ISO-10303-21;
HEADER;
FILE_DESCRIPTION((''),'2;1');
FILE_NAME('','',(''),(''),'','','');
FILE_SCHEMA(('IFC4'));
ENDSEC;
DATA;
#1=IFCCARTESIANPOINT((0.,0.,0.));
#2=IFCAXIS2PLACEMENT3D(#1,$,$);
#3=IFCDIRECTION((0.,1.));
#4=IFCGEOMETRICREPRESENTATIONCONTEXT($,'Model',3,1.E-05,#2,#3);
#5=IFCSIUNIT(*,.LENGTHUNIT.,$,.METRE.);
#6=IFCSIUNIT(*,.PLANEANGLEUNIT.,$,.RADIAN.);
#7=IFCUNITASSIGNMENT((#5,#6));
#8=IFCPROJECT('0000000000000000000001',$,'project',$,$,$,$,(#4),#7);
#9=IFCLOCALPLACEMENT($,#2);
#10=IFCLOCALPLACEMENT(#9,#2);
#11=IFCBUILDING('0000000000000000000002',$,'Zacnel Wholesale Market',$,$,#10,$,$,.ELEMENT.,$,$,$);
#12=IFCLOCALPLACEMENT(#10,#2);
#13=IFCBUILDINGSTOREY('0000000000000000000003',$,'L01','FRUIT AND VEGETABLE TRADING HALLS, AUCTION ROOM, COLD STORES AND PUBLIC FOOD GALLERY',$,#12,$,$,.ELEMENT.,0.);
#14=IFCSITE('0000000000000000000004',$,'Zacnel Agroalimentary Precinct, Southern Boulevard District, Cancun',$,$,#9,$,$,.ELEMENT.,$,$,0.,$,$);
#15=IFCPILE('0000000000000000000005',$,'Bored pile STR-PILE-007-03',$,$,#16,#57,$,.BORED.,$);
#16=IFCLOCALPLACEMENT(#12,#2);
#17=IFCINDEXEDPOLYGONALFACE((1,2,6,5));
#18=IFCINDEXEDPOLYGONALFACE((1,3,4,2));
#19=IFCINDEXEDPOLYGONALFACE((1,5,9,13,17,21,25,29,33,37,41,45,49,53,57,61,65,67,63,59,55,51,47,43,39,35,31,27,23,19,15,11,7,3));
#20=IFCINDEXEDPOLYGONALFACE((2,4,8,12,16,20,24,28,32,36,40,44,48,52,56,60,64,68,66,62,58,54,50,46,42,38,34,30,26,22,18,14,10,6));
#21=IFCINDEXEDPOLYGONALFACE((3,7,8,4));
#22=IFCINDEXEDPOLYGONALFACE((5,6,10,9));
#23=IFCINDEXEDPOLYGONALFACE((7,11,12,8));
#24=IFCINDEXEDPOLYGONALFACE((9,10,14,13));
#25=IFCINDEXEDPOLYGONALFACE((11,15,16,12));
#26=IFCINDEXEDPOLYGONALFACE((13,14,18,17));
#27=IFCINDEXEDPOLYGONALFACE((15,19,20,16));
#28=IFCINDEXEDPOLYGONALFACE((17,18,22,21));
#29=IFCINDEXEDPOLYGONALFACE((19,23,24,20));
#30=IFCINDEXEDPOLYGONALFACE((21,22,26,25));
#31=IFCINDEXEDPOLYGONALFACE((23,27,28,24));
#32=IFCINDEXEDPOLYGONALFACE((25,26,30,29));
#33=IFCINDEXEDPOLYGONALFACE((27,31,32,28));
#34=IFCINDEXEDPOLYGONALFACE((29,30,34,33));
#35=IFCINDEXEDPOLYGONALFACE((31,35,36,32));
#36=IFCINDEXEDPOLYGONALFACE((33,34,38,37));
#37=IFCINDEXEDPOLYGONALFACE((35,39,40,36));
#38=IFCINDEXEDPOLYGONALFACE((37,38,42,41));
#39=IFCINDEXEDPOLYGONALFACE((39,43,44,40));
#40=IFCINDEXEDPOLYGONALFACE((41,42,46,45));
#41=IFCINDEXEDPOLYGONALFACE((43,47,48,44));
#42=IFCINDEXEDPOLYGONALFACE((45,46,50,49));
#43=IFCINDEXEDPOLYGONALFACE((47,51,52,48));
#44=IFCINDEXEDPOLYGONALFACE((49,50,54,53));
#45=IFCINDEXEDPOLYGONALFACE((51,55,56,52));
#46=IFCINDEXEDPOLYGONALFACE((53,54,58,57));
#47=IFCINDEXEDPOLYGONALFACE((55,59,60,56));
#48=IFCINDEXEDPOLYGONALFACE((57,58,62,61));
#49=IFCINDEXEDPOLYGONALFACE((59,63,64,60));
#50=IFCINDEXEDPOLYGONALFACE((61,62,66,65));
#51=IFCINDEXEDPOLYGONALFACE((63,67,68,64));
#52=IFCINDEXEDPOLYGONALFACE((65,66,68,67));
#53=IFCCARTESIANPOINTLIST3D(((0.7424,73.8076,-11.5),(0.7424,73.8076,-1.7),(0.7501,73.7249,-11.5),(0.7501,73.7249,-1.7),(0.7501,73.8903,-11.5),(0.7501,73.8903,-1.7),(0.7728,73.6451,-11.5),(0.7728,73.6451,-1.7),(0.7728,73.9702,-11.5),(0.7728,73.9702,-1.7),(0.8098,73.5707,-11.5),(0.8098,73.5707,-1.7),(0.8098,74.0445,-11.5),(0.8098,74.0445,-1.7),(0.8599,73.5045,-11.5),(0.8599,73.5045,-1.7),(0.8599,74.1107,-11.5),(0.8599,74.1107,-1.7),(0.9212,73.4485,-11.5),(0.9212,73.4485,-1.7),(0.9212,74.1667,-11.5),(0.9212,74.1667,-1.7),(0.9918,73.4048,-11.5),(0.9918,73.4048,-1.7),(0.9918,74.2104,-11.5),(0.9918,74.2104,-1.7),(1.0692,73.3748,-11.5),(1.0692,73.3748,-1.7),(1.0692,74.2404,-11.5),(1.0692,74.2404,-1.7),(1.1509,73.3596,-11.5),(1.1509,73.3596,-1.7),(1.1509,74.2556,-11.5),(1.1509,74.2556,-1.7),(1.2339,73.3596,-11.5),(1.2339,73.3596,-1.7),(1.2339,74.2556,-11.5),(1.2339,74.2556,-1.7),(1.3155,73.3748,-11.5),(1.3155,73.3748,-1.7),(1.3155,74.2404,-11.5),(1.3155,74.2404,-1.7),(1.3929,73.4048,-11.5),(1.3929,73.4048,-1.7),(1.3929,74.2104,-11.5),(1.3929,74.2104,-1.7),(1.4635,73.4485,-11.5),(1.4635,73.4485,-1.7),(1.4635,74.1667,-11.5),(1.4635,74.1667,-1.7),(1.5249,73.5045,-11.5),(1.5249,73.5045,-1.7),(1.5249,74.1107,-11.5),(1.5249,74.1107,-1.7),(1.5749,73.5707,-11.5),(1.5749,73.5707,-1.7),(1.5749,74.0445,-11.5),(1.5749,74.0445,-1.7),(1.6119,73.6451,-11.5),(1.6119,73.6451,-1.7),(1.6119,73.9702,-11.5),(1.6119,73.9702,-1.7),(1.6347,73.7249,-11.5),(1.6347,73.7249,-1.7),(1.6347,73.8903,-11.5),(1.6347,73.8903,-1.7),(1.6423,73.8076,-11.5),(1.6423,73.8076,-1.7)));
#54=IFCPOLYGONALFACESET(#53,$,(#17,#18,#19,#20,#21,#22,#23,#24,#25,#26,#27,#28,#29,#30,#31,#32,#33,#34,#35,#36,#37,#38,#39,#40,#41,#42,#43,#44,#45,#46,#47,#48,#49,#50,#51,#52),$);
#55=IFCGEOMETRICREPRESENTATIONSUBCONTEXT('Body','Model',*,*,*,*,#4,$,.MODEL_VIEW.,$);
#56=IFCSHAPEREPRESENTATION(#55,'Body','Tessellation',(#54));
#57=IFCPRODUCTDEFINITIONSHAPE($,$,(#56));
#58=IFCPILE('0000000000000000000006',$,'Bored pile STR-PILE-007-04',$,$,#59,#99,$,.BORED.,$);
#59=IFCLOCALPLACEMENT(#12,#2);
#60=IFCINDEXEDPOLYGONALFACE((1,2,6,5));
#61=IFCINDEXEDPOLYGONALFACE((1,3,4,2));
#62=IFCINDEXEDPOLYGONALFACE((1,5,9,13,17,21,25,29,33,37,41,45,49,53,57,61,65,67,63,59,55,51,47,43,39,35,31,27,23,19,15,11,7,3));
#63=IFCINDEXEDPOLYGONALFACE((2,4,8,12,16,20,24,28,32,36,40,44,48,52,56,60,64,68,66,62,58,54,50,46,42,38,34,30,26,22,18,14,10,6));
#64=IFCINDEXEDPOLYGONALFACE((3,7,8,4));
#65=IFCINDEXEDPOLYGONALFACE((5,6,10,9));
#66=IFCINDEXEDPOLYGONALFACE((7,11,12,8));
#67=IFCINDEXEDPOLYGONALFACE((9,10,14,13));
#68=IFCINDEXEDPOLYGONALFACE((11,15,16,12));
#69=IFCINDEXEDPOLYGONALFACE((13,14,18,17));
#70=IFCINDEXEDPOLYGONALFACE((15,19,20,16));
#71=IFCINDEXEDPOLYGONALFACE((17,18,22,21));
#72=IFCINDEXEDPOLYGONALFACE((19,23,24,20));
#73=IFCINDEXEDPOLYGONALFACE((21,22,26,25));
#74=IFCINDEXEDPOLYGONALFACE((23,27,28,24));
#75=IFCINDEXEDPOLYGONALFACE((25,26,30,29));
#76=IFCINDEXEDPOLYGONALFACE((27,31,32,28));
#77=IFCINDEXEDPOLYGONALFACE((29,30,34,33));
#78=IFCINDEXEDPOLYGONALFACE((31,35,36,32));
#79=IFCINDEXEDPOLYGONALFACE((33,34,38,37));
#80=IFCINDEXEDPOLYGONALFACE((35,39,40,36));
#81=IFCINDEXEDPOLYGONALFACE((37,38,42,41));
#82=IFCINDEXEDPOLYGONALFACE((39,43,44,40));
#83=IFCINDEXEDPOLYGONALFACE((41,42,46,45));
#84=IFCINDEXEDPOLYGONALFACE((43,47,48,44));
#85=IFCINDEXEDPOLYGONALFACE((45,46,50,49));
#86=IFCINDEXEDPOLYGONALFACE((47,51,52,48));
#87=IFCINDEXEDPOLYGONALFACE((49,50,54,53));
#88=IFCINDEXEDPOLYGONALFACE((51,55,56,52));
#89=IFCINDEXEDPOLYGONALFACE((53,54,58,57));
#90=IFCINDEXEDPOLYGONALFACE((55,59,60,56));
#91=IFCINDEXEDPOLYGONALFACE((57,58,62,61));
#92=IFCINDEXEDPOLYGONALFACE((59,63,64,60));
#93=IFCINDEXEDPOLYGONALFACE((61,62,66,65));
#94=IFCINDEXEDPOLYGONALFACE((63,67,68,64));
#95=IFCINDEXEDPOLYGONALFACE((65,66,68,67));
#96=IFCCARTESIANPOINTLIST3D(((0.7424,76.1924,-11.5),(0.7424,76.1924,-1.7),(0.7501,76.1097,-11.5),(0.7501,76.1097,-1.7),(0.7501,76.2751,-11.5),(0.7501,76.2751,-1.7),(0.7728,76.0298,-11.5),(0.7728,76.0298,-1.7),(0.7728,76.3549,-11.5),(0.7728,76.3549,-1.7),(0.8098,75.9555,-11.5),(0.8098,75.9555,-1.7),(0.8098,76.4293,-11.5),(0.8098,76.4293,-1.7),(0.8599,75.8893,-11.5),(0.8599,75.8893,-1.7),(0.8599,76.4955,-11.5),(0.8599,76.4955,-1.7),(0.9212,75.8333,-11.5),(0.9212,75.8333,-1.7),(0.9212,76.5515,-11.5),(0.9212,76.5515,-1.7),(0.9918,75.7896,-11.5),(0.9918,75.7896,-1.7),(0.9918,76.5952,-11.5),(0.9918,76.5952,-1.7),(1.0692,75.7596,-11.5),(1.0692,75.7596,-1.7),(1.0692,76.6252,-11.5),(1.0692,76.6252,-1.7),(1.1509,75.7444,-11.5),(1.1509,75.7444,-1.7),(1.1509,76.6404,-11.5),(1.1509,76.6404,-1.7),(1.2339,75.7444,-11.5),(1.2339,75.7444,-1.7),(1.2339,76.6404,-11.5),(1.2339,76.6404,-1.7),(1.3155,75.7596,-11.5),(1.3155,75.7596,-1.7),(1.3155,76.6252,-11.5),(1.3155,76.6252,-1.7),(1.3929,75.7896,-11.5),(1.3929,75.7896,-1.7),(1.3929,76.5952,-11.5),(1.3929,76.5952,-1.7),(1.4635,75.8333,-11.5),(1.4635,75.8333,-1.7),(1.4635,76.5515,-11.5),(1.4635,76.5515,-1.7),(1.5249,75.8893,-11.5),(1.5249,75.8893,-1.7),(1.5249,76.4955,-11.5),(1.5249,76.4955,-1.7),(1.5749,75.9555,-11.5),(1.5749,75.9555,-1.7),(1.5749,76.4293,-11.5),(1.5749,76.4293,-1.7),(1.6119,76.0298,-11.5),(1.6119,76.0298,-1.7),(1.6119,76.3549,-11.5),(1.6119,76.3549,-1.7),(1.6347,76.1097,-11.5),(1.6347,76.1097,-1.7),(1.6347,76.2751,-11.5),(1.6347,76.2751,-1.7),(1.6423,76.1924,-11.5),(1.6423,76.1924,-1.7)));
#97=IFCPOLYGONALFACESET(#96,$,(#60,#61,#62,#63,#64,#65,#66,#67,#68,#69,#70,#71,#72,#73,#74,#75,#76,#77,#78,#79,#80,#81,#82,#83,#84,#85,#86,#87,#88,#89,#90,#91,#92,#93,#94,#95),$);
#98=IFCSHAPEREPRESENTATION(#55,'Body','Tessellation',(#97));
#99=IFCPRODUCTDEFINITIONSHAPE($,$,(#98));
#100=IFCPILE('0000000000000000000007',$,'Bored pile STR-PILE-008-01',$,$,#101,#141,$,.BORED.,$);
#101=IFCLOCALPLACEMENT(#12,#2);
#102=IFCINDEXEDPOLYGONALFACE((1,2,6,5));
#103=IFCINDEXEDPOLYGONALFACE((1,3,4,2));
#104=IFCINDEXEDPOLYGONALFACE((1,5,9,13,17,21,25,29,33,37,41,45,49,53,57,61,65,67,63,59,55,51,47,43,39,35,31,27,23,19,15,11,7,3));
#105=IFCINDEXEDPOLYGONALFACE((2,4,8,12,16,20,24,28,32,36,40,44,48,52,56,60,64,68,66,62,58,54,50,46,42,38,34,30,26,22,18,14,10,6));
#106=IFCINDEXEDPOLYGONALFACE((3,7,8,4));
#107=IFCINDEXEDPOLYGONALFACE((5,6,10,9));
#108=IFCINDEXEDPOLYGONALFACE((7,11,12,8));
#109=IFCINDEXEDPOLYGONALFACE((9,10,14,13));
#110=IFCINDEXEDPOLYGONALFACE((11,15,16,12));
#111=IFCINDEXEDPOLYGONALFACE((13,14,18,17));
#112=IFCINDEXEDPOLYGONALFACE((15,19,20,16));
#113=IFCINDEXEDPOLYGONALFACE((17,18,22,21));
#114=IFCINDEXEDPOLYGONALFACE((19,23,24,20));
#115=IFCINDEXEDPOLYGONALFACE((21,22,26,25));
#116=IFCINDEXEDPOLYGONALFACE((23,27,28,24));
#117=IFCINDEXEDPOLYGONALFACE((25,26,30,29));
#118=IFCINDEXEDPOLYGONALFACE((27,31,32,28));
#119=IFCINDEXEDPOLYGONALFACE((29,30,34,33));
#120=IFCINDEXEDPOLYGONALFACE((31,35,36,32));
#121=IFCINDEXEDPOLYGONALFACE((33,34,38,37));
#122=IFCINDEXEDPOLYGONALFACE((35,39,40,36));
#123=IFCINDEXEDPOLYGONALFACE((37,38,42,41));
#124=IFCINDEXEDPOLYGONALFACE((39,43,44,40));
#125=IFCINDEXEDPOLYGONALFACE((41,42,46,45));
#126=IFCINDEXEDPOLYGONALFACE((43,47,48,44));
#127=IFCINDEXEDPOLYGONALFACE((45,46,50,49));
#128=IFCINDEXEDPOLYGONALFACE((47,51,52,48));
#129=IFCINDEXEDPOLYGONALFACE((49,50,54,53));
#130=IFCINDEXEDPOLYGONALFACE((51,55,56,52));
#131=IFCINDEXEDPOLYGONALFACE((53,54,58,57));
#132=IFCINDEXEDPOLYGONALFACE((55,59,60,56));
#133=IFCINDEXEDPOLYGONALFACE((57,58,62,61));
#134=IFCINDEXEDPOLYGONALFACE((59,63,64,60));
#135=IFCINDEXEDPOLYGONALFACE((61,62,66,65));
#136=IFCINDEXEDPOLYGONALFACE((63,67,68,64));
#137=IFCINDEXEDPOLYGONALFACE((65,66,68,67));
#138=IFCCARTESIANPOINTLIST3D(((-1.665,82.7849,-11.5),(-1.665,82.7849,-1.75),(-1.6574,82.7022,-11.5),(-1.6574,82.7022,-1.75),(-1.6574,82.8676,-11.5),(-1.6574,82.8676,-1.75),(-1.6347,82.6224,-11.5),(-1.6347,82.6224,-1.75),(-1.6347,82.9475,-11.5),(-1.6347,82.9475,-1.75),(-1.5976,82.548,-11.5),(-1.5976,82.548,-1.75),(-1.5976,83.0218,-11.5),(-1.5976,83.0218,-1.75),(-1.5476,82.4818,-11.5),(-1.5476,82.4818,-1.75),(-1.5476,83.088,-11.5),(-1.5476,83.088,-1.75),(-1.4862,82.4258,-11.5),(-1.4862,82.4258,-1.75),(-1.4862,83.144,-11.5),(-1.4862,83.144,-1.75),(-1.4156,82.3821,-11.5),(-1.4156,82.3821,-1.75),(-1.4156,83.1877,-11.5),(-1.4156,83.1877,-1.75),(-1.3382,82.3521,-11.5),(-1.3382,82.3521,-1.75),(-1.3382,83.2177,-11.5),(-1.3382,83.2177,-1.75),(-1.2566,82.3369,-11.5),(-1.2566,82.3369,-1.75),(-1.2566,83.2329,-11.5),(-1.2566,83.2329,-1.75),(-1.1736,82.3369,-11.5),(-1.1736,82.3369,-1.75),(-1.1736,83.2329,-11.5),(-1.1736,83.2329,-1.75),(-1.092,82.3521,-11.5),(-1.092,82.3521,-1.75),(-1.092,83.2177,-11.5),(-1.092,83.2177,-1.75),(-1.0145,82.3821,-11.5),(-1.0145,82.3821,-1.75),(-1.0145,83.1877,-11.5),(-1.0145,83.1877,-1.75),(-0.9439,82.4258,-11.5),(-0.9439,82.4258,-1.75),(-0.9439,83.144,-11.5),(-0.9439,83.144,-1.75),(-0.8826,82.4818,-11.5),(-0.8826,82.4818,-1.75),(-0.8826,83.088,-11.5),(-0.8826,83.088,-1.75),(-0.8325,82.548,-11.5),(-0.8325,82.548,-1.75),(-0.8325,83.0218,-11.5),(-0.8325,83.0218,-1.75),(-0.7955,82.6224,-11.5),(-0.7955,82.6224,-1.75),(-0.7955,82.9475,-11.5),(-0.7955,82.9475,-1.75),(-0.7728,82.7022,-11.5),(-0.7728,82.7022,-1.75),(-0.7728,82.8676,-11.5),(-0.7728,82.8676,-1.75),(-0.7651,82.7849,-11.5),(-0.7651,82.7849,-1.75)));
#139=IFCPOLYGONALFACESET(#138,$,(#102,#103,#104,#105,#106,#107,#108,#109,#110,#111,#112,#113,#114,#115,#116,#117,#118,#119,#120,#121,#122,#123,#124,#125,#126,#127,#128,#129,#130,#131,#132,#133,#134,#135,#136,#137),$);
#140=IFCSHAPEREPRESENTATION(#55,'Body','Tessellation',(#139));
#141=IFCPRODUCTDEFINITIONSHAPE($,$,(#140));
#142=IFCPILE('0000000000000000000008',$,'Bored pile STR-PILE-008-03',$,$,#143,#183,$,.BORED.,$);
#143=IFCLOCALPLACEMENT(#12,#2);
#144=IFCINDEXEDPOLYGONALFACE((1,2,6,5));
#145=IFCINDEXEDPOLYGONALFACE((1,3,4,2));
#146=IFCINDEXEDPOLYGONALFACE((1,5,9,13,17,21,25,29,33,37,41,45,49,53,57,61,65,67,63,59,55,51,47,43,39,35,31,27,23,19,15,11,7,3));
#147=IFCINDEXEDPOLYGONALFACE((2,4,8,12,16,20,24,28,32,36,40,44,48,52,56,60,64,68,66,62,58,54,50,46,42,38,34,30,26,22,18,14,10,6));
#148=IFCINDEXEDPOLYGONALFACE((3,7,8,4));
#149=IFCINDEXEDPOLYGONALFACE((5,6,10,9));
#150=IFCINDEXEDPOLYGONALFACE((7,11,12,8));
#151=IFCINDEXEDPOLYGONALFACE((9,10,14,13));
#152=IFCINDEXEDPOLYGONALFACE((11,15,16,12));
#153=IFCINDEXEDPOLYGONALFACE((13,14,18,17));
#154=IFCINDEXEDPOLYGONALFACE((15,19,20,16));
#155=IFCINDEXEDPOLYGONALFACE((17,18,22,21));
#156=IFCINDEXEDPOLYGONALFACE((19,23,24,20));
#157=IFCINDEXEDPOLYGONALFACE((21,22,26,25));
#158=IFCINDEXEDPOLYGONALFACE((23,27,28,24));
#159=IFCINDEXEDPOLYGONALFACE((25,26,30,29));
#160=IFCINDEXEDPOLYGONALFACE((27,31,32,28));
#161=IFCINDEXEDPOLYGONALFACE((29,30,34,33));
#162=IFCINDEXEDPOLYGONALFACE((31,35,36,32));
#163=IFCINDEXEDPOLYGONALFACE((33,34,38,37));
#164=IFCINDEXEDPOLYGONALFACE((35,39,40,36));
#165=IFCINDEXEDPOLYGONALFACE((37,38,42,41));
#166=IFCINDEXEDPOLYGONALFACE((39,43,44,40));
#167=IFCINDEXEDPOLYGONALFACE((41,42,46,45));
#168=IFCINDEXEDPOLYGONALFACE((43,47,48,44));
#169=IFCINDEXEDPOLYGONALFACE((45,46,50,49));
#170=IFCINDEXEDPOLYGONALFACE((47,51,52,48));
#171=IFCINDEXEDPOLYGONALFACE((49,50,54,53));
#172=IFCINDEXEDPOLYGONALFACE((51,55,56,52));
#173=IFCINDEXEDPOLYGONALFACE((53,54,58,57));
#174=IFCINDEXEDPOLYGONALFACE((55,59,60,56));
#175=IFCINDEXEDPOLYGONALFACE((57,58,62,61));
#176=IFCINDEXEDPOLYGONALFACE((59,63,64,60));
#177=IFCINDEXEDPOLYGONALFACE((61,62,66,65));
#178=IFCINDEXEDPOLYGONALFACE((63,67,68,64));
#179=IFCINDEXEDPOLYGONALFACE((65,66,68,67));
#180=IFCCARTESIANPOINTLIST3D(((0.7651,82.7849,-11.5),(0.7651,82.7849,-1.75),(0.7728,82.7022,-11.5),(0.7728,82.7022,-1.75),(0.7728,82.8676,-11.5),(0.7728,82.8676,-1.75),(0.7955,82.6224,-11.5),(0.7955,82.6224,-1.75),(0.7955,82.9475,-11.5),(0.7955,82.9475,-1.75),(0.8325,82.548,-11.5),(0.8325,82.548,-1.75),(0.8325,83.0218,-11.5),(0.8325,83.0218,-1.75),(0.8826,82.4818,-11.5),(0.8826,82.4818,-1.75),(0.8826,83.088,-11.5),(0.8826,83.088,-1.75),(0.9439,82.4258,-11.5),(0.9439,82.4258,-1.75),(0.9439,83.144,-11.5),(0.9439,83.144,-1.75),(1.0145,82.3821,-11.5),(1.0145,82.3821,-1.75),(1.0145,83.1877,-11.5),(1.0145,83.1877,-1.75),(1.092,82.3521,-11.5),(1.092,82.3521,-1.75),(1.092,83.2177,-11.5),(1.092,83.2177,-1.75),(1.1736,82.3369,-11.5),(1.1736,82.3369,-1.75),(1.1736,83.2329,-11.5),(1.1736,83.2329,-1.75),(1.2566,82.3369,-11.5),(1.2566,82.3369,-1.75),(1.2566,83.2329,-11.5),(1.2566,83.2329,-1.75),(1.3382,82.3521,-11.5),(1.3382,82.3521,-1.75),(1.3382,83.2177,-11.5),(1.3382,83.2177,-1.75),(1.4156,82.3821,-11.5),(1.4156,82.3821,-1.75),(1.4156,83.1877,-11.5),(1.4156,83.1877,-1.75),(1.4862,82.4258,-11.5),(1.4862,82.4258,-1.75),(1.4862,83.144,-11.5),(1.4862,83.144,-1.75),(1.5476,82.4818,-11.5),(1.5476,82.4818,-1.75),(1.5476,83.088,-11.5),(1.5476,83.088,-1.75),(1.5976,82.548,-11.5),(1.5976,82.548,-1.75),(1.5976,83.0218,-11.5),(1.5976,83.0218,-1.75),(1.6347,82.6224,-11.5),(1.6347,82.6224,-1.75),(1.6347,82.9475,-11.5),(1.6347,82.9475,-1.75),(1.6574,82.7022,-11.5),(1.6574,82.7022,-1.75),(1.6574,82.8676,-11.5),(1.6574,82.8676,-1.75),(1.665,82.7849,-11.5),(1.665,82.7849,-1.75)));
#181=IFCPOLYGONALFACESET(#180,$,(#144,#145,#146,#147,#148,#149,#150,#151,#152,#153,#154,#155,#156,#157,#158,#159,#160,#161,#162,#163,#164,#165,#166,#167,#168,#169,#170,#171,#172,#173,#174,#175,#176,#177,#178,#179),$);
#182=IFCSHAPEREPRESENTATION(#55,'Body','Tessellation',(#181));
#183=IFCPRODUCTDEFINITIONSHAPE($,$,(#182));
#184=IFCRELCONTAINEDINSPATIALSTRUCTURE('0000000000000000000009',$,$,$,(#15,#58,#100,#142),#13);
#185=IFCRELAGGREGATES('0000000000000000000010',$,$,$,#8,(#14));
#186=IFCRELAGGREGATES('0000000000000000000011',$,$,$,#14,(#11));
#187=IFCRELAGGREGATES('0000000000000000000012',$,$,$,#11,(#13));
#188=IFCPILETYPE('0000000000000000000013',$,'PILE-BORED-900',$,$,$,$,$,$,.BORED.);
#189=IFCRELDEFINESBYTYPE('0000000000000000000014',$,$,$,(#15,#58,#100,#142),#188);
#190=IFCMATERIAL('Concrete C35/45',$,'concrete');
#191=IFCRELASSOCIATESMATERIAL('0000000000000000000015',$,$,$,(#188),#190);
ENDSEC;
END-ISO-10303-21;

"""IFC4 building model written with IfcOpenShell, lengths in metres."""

from ifc_helpers import new_model, si_unit, direction, frame, origin, origin_2d, place, context, subcontext, project, spatial, circle, extrude, material, material_profile, profile_set, type_object, element, save


model = new_model("IFC4")

# Units and contexts
model_context = context("Model", 3, precision=1e-05, world=origin(), true_north=direction((0.0, 1.0)))
body_context = subcontext(model_context, "Body", "Model", "MODEL_VIEW")
ifc_project = project(units=[si_unit("LENGTHUNIT", "METRE"), si_unit("PLANEANGLEUNIT", "RADIAN")], contexts=[model_context])

# Site, building, storey
site_placement = place(None, origin())
site = spatial("IfcSite", under=ifc_project, at=site_placement, Name="Zacnel Agroalimentary Precinct, Southern Boulevard District, Cancun", CompositionType="ELEMENT", RefElevation=0.0)
building_placement = place(site_placement, origin())
building = spatial("IfcBuilding", under=site, at=building_placement, Name="Zacnel Wholesale Market", CompositionType="ELEMENT")
storey_placement = place(building_placement, origin())
storey = spatial("IfcBuildingStorey", under=building, at=storey_placement, Name="L01", Description="FRUIT AND VEGETABLE TRADING HALLS, AUCTION ROOM, COLD STORES AND PUBLIC FOOD GALLERY", CompositionType="ELEMENT", Elevation=0.0)

# Piles
ifc_material_1 = material(Name="Concrete C35/45", Category="concrete")
ifc_material_profile_1 = material_profile(ifc_material_1, circle(Radius=0.45, at=origin_2d()), Name="BORED PILE D900")
ifc_profile_set_1 = profile_set([ifc_material_profile_1], Name="Concrete C35/45")
pile_type = type_object("IfcPileType", Name="PILE-BORED-900", PredefinedType="BORED", material=ifc_profile_set_1)
for number, where, z_axis, x_axis, name in (
    (1, (1.1924, 73.8076, -1.7), (0.0, 0.0, -1.0), (1.0, 0.0, 0.0), "Bored pile STR-PILE-007-03"),
    (2, (1.1924, 76.1924, -1.7), (0.0, 0.0, -1.0), (1.0, 0.0, 0.0), "Bored pile STR-PILE-007-04"),
):
    element("IfcPile", number, at=place(storey_placement, frame(where, z_axis=z_axis, x_axis=x_axis)), inside=storey, type_object=pile_type, Name=name, PredefinedType="BORED", context=body_context, shape_type="SweptSolid", body=[
        extrude(circle(Radius=0.45, at=origin_2d()), origin(), (0.0, 0.0, 1.0), 9.8),
    ])
for number, where, z_axis, x_axis, name in (
    (3, (-1.2151, 82.7849, -1.75), (0.0, 0.0, -1.0), (1.0, 0.0, 0.0), "Bored pile STR-PILE-008-01"),
    (4, (1.2151, 82.7849, -1.75), (0.0, 0.0, -1.0), (1.0, 0.0, 0.0), "Bored pile STR-PILE-008-03"),
):
    element("IfcPile", number, at=place(storey_placement, frame(where, z_axis=z_axis, x_axis=x_axis)), inside=storey, type_object=pile_type, Name=name, PredefinedType="BORED", context=body_context, shape_type="SweptSolid", body=[
        extrude(circle(Radius=0.45, at=origin_2d()), origin(), (0.0, 0.0, 1.0), 9.75),
    ])

save(model, "model.ifc")
